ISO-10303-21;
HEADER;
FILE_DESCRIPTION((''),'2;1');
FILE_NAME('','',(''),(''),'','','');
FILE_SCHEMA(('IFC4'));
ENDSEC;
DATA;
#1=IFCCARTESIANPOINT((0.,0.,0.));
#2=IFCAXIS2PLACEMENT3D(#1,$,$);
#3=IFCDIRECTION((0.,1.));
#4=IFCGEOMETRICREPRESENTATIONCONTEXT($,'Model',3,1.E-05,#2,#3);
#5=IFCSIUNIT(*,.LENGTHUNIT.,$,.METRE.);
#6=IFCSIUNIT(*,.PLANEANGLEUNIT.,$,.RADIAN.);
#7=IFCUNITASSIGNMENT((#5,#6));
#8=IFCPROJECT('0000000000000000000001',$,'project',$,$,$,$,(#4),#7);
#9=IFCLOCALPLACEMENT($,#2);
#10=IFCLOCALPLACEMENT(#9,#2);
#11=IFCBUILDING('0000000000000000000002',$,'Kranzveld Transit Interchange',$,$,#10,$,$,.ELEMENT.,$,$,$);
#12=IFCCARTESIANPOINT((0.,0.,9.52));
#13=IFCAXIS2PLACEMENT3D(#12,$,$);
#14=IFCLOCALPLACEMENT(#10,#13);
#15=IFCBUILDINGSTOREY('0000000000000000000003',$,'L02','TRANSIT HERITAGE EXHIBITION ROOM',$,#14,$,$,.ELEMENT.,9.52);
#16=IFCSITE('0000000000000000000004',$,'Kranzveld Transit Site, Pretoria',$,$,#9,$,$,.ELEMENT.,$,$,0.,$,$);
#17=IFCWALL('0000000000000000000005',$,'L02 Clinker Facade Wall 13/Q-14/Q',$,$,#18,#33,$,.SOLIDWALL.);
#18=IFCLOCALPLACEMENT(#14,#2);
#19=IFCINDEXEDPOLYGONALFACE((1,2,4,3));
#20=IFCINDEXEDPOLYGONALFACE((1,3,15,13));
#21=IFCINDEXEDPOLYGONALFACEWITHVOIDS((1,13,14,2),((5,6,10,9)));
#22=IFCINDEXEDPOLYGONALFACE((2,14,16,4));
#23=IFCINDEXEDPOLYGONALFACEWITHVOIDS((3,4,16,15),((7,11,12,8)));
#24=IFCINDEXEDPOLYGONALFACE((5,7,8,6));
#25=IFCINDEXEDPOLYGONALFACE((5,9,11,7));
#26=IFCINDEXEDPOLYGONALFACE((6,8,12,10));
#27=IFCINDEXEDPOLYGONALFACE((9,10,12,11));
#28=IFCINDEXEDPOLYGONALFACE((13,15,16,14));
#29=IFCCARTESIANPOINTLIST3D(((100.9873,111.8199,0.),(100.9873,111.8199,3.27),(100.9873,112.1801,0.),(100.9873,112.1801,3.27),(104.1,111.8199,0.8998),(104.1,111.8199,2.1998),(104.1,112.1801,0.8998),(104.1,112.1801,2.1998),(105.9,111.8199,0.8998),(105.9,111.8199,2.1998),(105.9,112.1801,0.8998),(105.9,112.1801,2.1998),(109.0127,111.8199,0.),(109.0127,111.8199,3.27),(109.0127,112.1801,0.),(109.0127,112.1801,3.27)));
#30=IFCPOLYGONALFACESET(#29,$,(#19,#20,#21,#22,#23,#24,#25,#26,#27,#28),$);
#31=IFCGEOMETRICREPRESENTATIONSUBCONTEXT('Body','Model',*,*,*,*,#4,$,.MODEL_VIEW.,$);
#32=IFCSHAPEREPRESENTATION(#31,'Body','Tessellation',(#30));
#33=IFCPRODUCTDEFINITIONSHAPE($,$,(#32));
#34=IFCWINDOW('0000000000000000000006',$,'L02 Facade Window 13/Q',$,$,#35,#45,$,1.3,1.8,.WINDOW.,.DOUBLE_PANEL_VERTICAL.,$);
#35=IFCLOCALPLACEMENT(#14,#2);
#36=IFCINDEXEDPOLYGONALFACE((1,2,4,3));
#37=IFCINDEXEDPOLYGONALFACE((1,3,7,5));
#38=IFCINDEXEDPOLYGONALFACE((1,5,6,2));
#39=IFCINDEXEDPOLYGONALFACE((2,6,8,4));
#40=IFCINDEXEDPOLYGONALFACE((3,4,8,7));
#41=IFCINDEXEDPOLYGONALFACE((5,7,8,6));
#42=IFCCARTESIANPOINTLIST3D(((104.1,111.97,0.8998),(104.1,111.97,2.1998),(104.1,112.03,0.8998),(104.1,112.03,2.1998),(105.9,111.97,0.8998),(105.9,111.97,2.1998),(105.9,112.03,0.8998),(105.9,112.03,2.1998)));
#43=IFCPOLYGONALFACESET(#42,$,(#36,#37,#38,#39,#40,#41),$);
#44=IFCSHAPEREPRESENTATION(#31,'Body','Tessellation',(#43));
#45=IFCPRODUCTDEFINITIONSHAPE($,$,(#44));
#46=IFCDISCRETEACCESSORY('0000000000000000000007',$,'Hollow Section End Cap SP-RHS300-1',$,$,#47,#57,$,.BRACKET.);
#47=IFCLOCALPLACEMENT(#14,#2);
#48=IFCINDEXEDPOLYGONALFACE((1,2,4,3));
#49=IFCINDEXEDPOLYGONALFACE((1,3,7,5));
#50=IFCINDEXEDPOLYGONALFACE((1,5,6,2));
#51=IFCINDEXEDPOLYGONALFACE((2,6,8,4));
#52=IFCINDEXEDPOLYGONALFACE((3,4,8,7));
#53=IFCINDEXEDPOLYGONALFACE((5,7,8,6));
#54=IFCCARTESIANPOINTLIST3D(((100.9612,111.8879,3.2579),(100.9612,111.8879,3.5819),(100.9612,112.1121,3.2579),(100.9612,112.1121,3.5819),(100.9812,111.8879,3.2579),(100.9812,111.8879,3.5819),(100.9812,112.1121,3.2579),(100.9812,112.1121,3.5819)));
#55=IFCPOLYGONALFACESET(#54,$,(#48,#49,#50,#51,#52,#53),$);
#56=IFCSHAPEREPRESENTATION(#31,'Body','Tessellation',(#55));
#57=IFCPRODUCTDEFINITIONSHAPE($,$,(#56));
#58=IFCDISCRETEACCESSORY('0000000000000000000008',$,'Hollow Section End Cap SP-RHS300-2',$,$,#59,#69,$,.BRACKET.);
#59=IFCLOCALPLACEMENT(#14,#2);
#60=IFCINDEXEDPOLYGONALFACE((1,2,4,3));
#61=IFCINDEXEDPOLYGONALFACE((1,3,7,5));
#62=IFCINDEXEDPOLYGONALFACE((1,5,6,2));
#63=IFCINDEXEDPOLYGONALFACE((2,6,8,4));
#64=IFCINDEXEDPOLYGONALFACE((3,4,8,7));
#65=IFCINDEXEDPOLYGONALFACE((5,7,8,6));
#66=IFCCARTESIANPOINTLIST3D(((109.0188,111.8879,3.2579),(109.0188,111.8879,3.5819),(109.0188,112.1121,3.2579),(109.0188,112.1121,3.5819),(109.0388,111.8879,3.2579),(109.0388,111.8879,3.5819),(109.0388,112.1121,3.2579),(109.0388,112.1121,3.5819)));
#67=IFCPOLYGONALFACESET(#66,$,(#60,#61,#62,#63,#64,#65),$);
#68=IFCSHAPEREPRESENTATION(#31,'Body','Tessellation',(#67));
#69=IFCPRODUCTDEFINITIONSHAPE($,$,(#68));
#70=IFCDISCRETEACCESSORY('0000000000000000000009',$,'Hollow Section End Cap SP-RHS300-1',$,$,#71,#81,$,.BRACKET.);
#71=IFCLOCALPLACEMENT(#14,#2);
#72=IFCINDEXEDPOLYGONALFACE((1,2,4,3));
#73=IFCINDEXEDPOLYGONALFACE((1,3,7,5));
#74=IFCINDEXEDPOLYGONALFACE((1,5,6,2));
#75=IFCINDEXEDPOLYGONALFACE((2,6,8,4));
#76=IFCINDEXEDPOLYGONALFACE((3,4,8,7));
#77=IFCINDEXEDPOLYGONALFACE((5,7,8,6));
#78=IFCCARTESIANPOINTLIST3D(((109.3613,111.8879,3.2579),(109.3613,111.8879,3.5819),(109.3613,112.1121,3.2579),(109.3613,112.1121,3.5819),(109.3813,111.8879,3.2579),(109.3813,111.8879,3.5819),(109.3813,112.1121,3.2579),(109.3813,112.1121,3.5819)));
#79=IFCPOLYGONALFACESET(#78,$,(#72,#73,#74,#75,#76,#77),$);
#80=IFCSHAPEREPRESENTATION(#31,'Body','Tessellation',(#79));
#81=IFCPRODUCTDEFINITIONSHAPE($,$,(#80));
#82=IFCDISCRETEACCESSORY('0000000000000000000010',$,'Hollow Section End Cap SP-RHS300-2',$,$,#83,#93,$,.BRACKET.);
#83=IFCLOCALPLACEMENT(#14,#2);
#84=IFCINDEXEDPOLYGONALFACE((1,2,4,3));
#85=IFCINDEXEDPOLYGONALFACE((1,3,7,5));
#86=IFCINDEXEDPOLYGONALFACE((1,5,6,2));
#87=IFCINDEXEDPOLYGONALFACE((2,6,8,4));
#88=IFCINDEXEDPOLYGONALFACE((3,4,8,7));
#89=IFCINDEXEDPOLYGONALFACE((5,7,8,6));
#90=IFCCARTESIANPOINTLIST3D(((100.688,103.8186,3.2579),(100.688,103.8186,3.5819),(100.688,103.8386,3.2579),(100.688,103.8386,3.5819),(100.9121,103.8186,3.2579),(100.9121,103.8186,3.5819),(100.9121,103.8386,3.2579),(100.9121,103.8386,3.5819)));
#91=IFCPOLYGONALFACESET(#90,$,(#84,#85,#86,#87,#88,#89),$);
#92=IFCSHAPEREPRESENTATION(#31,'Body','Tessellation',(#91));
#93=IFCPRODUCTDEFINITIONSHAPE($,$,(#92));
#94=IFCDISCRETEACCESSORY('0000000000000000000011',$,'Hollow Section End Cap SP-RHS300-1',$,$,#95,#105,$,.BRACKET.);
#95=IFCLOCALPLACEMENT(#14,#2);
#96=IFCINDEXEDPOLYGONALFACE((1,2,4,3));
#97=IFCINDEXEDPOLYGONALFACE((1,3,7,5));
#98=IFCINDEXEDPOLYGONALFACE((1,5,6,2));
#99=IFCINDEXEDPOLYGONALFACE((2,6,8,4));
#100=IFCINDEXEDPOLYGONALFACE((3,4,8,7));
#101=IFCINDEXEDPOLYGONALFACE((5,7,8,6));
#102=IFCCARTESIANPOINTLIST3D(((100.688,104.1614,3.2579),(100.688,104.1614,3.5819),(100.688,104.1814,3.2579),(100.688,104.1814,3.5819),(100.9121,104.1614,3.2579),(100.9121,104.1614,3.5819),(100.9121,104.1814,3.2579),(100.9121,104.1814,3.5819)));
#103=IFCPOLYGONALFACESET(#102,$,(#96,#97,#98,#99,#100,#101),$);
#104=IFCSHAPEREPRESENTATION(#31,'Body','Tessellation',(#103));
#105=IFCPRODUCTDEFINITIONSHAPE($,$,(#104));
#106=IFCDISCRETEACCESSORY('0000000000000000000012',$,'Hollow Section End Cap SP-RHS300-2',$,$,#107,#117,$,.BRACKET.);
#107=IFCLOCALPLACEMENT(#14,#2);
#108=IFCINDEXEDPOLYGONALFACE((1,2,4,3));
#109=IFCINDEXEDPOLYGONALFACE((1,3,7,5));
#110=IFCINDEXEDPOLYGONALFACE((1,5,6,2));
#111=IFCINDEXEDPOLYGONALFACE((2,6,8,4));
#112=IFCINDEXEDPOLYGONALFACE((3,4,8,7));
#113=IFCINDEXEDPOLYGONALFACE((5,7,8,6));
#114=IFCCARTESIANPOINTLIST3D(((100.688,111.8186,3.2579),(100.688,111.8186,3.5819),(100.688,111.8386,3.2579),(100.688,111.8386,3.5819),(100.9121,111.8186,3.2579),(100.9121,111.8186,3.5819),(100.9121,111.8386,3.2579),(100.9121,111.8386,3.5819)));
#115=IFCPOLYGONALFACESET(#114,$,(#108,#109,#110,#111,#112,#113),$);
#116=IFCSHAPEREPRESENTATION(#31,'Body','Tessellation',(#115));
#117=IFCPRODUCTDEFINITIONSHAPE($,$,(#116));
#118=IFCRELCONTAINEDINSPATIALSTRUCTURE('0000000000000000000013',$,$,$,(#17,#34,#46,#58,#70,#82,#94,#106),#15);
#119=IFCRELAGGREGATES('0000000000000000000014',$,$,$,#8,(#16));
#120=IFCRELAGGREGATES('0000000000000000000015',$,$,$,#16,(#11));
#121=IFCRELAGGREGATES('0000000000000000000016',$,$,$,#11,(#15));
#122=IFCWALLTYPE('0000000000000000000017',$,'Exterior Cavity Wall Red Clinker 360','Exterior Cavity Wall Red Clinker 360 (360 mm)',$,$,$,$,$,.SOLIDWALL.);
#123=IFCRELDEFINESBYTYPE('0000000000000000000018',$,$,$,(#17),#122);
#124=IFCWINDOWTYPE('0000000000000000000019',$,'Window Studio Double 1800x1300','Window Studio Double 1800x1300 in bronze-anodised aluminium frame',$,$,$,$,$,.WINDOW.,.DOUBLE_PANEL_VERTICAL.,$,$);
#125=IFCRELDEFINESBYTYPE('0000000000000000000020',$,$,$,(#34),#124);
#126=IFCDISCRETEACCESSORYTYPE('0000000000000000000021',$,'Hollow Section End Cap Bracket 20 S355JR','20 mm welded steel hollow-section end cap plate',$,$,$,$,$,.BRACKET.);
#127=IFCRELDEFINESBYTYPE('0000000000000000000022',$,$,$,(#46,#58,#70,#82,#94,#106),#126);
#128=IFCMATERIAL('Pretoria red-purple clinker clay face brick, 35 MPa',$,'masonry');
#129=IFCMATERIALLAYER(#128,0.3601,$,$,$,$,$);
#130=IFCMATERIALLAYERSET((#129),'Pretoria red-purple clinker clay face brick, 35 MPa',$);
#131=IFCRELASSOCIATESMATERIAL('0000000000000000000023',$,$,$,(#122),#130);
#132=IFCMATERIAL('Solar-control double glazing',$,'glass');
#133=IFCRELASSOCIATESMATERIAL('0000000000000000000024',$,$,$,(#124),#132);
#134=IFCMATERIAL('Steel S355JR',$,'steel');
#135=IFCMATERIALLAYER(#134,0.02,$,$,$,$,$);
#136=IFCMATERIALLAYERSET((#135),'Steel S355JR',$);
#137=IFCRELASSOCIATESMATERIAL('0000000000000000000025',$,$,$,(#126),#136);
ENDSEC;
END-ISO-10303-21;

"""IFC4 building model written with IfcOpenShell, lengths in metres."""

from ifc_helpers import new_model, si_unit, direction, frame, frame_2d, origin, origin_2d, place, context, subcontext, project, spatial, rectangle, extrude, material, layer, layer_set, type_object, element, fill, save


model = new_model("IFC4")

# Units and contexts
model_context = context("Model", 3, precision=1e-05, world=origin(), true_north=direction((0.0, 1.0)))
body_context = subcontext(model_context, "Body", "Model", "MODEL_VIEW")
ifc_project = project(units=[si_unit("LENGTHUNIT", "METRE"), si_unit("PLANEANGLEUNIT", "RADIAN")], contexts=[model_context])

# Site, building, storey
site_placement = place(None, origin())
site = spatial("IfcSite", under=ifc_project, at=site_placement, Name="Kranzveld Transit Site, Pretoria", CompositionType="ELEMENT", RefElevation=0.0)
building_placement = place(site_placement, origin())
building = spatial("IfcBuilding", under=site, at=building_placement, Name="Kranzveld Transit Interchange", CompositionType="ELEMENT")
storey_placement = place(building_placement, frame((0.0, 0.0, 9.52)))
storey = spatial("IfcBuildingStorey", under=building, at=storey_placement, Name="L02", Description="TRANSIT HERITAGE EXHIBITION ROOM", CompositionType="ELEMENT", Elevation=9.52)

# Wall, opening, window
ifc_material_1 = material(Name="Pretoria red-purple clinker clay face brick, 35 MPa", Category="masonry")
ifc_layer_1 = layer(ifc_material_1, 0.3601)
ifc_layer_set_1 = layer_set([ifc_layer_1], Name="Pretoria red-purple clinker clay face brick, 35 MPa")
wall_type = type_object("IfcWallType", Name="Exterior Cavity Wall Red Clinker 360", Description="Exterior Cavity Wall Red Clinker 360 (360 mm)", PredefinedType="SOLIDWALL", material=ifc_layer_set_1)
wall_1_placement = place(storey_placement, frame((100.9873, 112.0, 0.0), z_axis=(0.0, 0.0, 1.0), x_axis=(1.0, 0.0, 0.0)))
wall_1 = element("IfcWall", 1, at=wall_1_placement, inside=storey, type_object=wall_type, Name="L02 Clinker Facade Wall 13/Q-14/Q", PredefinedType="SOLIDWALL", context=body_context, shape_type="SweptSolid", body=[
    extrude(rectangle(XDim=8.0254, YDim=0.3601, at=frame_2d((4.0127, 0.0))), origin(), (0.0, 0.0, 1.0), 3.27),
])
opening_1_placement = place(wall_1_placement, frame((3.1128, 0.0, 0.8999), z_axis=(0.0, 0.0, 1.0), x_axis=(1.0, 0.0, 0.0)))
opening_1 = element("IfcOpeningElement", 2, at=opening_1_placement, cuts=wall_1, PredefinedType="OPENING", context=body_context, shape_type="SweptSolid", body=[
    extrude(rectangle(XDim=1.8, YDim=1.3, at=frame_2d((0.8999, 0.6499))), frame((0.0, 0.1899, 0.0), z_axis=(0.0, -1.0, 0.0), x_axis=(1.0, 0.0, 0.0)), (0.0, 0.0, 1.0), 0.3801),
])
ifc_material_2 = material(Name="Solar-control double glazing", Category="glass")
window_type_1 = type_object("IfcWindowType", Name="Window Studio Double 1800x1300", Description="Window Studio Double 1800x1300 in bronze-anodised aluminium frame", PartitioningType="DOUBLE_PANEL_VERTICAL", PredefinedType="WINDOW", material=ifc_material_2)
window_1_placement = place(opening_1_placement, origin())
window_1 = element("IfcWindow", 3, at=window_1_placement, inside=storey, type_object=window_type_1, Name="L02 Facade Window 13/Q", OverallHeight=1.3, OverallWidth=1.8, PartitioningType="DOUBLE_PANEL_VERTICAL", PredefinedType="WINDOW", context=body_context, shape_type="SweptSolid", body=[
    extrude(rectangle(XDim=1.8, YDim=1.3, at=frame_2d((0.8999, 0.6499))), frame((0.0, 0.03, 0.0), z_axis=(0.0, -1.0, 0.0), x_axis=(1.0, 0.0, 0.0)), (0.0, 0.0, 1.0), 0.0601),
])
fill(opening_1, window_1)

# Discrete accessories
ifc_material_3 = material(Name="Steel S355JR", Category="steel")
ifc_layer_2 = layer(ifc_material_3, 0.02)
ifc_layer_set_2 = layer_set([ifc_layer_2], Name="Steel S355JR")
discrete_accessory_type = type_object("IfcDiscreteAccessoryType", Name="Hollow Section End Cap Bracket 20 S355JR", Description="20 mm welded steel hollow-section end cap plate", PredefinedType="BRACKET", material=ifc_layer_set_2)
for number, where, z_axis, x_axis, name in (
    (4, (100.9812, 112.0, 3.4199), (-1.0, 0.0, 0.0), (0.0, -1.0, 0.0), "Hollow Section End Cap SP-RHS300-1"),
    (5, (109.0188, 112.0, 3.4199), (1.0, 0.0, 0.0), (0.0, 1.0, 0.0), "Hollow Section End Cap SP-RHS300-2"),
    (6, (109.3813, 112.0, 3.4199), (-1.0, 0.0, 0.0), (0.0, -1.0, 0.0), "Hollow Section End Cap SP-RHS300-1"),
    (7, (100.8, 103.8186, 3.4199), (0.0, 1.0, 0.0), (-1.0, 0.0, 0.0), "Hollow Section End Cap SP-RHS300-2"),
    (8, (100.8, 104.1814, 3.4199), (0.0, -1.0, 0.0), (1.0, 0.0, 0.0), "Hollow Section End Cap SP-RHS300-1"),
    (9, (100.8, 111.8186, 3.4199), (0.0, 1.0, 0.0), (-1.0, 0.0, 0.0), "Hollow Section End Cap SP-RHS300-2"),
):
    element("IfcDiscreteAccessory", number, at=place(storey_placement, frame(where, z_axis=z_axis, x_axis=x_axis)), inside=storey, type_object=discrete_accessory_type, Name=name, PredefinedType="BRACKET", context=body_context, shape_type="SweptSolid", body=[
        extrude(rectangle(XDim=0.2241, YDim=0.324, at=origin_2d()), origin(), (0.0, 0.0, 1.0), 0.02),
    ])

save(model, "model.ifc")
